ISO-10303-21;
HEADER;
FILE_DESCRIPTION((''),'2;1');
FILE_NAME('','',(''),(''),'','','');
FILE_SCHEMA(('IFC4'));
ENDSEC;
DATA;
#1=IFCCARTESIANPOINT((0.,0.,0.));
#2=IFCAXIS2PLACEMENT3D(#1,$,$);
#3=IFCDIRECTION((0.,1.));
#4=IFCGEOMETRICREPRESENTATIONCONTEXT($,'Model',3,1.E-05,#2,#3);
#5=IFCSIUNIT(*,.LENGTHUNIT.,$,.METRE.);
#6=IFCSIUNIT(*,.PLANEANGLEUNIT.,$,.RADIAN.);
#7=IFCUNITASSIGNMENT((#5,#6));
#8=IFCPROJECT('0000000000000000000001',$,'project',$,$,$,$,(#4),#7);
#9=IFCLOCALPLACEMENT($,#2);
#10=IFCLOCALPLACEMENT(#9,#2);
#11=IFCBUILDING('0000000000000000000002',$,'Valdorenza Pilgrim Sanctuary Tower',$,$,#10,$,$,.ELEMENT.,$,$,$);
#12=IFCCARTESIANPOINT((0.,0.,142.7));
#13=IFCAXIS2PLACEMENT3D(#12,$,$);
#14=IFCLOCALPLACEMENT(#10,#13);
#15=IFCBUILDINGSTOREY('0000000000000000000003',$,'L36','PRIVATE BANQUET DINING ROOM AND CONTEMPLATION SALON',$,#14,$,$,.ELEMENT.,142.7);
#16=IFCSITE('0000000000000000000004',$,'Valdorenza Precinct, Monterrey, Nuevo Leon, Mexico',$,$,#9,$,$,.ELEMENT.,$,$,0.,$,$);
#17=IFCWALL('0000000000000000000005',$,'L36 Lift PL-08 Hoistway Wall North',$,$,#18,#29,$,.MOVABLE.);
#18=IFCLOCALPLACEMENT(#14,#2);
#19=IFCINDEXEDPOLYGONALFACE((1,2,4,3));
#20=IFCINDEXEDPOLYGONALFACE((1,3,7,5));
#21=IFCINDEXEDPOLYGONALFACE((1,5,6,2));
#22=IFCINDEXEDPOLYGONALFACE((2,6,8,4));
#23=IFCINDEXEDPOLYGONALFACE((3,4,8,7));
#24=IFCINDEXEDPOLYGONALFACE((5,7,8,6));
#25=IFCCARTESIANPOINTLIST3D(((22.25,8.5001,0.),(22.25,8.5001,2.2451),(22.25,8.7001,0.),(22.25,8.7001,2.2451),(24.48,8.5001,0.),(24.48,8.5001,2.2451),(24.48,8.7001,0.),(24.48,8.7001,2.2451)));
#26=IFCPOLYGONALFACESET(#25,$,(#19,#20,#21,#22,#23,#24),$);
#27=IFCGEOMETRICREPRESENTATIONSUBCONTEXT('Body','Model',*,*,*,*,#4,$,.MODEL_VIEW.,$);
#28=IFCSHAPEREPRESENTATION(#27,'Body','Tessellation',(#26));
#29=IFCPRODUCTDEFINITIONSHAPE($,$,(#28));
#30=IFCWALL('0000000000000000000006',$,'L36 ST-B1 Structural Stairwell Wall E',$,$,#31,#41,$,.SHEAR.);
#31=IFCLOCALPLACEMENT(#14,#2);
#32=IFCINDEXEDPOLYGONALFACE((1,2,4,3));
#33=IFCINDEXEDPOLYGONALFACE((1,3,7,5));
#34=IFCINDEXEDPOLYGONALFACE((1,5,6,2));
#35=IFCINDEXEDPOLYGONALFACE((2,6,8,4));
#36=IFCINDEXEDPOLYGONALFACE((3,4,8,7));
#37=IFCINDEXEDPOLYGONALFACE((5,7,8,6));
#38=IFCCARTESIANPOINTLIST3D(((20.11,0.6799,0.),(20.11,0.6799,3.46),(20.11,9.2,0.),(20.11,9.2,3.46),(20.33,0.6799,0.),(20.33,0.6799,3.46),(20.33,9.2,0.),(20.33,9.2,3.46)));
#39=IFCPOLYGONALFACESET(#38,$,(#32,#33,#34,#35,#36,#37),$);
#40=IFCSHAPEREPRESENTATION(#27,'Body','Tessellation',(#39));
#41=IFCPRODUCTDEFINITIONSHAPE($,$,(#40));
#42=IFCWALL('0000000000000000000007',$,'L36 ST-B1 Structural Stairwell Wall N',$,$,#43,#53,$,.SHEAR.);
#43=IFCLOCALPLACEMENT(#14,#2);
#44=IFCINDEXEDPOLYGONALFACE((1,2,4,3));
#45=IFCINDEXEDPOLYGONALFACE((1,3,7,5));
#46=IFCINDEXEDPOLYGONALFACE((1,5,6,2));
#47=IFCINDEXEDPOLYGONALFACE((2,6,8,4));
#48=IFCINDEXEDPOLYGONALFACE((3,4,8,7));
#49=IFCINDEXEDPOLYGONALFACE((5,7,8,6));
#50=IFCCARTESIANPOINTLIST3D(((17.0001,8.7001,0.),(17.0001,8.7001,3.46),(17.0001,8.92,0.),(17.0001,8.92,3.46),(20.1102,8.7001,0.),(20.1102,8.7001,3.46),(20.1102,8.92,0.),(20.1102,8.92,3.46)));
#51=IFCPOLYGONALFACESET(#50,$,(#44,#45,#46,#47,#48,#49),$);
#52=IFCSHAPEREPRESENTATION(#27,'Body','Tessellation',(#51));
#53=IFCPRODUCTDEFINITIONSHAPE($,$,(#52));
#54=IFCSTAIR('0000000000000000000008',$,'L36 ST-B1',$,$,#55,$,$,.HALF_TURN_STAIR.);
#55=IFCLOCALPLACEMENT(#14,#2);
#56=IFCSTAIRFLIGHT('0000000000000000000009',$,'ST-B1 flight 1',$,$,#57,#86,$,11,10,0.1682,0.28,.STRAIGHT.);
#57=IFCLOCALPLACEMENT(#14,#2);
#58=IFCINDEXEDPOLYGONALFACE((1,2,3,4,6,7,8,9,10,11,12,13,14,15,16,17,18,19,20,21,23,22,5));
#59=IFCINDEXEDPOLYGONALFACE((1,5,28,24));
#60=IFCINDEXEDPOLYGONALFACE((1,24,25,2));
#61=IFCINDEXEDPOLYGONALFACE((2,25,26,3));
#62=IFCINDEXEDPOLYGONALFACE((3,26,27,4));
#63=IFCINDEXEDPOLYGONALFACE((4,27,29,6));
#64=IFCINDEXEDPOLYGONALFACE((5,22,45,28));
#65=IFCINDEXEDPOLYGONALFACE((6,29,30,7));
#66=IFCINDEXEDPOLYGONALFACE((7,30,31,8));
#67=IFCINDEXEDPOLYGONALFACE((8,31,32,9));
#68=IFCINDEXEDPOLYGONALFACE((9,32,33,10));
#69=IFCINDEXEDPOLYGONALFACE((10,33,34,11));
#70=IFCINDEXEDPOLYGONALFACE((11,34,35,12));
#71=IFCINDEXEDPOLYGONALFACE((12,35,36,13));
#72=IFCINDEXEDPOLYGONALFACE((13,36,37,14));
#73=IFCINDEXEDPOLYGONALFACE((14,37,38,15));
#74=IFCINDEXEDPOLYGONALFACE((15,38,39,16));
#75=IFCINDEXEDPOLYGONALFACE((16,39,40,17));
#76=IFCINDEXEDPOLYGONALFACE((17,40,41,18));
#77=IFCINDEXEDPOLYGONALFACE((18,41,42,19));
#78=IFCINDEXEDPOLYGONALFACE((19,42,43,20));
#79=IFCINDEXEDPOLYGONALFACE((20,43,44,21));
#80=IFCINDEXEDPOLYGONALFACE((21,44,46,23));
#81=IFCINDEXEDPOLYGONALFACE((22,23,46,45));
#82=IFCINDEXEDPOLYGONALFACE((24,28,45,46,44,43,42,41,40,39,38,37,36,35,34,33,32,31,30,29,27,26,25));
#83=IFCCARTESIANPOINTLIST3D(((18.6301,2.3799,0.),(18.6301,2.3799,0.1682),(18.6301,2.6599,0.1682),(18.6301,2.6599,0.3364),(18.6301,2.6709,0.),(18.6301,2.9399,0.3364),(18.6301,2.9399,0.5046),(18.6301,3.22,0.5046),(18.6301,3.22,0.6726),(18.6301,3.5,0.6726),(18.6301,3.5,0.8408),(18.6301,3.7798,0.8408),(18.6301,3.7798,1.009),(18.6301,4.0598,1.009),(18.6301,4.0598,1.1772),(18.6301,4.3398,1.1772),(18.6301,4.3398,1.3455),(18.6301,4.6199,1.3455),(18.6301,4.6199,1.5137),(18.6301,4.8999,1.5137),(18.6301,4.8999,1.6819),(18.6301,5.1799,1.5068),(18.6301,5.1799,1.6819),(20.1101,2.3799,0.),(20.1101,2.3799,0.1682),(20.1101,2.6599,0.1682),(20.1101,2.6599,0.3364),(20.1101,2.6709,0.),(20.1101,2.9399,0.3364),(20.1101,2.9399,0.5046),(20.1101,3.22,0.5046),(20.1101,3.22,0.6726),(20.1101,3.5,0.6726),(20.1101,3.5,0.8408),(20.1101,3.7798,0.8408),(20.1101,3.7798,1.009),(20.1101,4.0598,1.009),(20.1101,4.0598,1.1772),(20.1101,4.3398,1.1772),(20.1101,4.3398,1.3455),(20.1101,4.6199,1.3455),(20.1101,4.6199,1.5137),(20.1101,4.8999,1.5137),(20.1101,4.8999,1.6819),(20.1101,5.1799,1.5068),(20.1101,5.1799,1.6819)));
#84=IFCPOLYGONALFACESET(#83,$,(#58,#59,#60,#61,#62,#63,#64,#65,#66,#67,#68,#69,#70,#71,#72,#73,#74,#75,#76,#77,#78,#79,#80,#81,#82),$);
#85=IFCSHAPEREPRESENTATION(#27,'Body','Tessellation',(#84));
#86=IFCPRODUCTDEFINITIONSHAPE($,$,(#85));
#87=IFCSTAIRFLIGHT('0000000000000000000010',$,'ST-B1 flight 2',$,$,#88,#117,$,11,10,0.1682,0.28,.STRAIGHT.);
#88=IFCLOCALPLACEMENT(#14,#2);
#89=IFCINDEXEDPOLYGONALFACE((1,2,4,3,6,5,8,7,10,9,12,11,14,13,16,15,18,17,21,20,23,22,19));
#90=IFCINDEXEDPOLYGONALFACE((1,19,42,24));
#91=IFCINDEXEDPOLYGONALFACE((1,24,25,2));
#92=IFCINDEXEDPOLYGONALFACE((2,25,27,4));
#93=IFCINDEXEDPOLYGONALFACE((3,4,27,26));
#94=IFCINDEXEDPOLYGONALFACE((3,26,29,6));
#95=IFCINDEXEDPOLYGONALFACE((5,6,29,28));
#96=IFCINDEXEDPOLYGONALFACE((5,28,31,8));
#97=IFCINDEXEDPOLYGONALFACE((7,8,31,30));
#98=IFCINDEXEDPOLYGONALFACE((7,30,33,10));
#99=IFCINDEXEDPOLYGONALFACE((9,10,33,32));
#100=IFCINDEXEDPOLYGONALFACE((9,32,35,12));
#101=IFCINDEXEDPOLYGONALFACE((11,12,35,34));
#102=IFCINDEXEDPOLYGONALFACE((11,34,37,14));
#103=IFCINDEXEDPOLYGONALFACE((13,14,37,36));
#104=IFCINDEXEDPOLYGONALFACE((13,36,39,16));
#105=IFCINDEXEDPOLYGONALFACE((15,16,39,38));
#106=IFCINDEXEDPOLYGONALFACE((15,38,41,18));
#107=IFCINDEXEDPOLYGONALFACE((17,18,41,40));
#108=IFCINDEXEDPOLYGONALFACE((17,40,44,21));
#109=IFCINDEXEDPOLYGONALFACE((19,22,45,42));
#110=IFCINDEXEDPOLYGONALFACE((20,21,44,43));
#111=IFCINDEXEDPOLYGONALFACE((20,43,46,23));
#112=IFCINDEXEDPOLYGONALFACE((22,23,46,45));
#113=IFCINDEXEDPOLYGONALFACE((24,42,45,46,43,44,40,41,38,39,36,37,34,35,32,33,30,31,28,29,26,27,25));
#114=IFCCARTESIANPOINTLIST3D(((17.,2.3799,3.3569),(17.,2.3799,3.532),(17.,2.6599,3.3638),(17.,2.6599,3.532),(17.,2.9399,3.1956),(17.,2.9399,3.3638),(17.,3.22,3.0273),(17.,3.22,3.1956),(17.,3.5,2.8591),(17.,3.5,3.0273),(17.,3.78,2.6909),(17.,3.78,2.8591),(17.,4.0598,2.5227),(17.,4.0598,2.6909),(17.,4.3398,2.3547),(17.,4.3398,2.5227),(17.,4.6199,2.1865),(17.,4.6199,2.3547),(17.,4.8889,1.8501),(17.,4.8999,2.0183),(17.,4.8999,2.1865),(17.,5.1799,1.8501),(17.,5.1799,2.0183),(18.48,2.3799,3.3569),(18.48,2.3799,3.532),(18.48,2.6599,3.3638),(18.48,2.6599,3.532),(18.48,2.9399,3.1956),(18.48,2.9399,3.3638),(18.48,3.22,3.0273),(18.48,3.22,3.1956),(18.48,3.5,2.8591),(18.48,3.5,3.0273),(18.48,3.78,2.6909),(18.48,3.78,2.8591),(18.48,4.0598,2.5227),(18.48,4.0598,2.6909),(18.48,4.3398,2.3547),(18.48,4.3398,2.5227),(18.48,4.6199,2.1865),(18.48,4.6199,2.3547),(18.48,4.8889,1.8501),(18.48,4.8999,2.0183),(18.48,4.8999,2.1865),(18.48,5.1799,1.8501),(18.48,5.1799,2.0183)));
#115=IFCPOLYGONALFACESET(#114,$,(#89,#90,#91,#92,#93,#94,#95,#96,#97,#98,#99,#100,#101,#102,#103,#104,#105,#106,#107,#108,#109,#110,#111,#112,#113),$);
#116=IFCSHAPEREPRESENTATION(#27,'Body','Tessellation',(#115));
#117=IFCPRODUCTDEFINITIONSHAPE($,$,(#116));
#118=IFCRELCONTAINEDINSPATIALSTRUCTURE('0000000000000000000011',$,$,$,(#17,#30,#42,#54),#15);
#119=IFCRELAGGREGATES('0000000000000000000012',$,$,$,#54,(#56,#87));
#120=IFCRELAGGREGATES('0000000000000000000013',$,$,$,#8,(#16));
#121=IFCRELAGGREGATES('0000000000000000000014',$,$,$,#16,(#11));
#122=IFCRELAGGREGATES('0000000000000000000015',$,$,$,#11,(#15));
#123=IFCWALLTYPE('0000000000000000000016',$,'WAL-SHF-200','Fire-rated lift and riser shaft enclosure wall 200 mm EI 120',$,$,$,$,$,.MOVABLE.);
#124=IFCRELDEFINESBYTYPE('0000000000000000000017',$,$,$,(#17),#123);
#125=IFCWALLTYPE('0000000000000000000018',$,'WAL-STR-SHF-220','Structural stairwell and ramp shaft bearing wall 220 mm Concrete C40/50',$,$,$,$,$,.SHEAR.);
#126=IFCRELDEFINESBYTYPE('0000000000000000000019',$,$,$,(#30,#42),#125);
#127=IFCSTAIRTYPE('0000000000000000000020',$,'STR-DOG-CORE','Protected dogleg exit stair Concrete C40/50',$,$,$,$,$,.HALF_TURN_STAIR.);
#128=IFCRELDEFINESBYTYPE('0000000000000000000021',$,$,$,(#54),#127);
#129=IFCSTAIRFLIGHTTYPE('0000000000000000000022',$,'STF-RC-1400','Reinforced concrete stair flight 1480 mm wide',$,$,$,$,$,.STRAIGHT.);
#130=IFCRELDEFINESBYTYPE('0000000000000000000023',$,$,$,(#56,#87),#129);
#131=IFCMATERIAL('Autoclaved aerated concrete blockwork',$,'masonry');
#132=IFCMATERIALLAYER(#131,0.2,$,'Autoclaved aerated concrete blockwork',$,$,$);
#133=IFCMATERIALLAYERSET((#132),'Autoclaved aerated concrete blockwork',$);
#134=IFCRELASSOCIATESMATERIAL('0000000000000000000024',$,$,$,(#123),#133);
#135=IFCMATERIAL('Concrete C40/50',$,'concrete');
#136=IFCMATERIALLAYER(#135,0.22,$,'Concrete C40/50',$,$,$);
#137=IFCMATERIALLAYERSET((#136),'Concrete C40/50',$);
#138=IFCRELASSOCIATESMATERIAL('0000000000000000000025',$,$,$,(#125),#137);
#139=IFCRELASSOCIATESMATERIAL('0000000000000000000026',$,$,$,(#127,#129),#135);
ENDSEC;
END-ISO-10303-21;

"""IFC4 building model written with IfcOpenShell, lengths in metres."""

from ifc_helpers import new_model, si_unit, direction, frame, frame_2d, origin, place, context, subcontext, project, spatial, polyline, rectangle, outline, extrude, material, layer, layer_set, type_object, element, aggregate, save


model = new_model("IFC4")

# Units and contexts
model_context = context("Model", 3, precision=1e-05, world=origin(), true_north=direction((0.0, 1.0)))
body_context = subcontext(model_context, "Body", "Model", "MODEL_VIEW")
ifc_project = project(units=[si_unit("LENGTHUNIT", "METRE"), si_unit("PLANEANGLEUNIT", "RADIAN")], contexts=[model_context])

# Site, building, storey
site_placement = place(None, origin())
site = spatial("IfcSite", under=ifc_project, at=site_placement, Name="Valdorenza Precinct, Monterrey, Nuevo Leon, Mexico", CompositionType="ELEMENT", RefElevation=0.0)
building_placement = place(site_placement, origin())
building = spatial("IfcBuilding", under=site, at=building_placement, Name="Valdorenza Pilgrim Sanctuary Tower", CompositionType="ELEMENT")
storey_placement = place(building_placement, frame((0.0, 0.0, 142.7)))
storey = spatial("IfcBuildingStorey", under=building, at=storey_placement, Name="L36", Description="PRIVATE BANQUET DINING ROOM AND CONTEMPLATION SALON", CompositionType="ELEMENT", Elevation=142.7)

# Shared definitions
ifc_material_1 = material(Name="Autoclaved aerated concrete blockwork", Category="masonry")
ifc_layer_1 = layer(ifc_material_1, 0.2, Name="Autoclaved aerated concrete blockwork")
ifc_layer_set_1 = layer_set([ifc_layer_1], Name="Autoclaved aerated concrete blockwork")
wall_type_1 = type_object("IfcWallType", Name="WAL-SHF-200", Description="Fire-rated lift and riser shaft enclosure wall 200 mm EI 120", PredefinedType="MOVABLE", material=ifc_layer_set_1)

# Walls
wall_1_placement = place(storey_placement, frame((22.25, 8.6001, 0.0), z_axis=(0.0, 0.0, 1.0), x_axis=(1.0, 0.0, 0.0)))
element("IfcWall", 1, at=wall_1_placement, inside=storey, type_object=wall_type_1, Name="L36 Lift PL-08 Hoistway Wall North", PredefinedType="MOVABLE", context=body_context, shape_type="SweptSolid", body=[
    extrude(rectangle(XDim=2.23, YDim=0.2, at=frame_2d((1.115, 0.0))), origin(), (0.0, 0.0, 1.0), 2.2451),
])
ifc_material_2 = material(Name="Concrete C40/50", Category="concrete")
ifc_layer_2 = layer(ifc_material_2, 0.22, Name="Concrete C40/50")
ifc_layer_set_2 = layer_set([ifc_layer_2], Name="Concrete C40/50")
wall_type_2 = type_object("IfcWallType", Name="WAL-STR-SHF-220", Description="Structural stairwell and ramp shaft bearing wall 220 mm Concrete C40/50", PredefinedType="SHEAR", material=ifc_layer_set_2)
wall_2_placement = place(storey_placement, frame((20.22, 0.6799, 0.0), z_axis=(0.0, 0.0, 1.0), x_axis=(0.0, 1.0, 0.0)))
element("IfcWall", 2, at=wall_2_placement, inside=storey, type_object=wall_type_2, Name="L36 ST-B1 Structural Stairwell Wall E", PredefinedType="SHEAR", context=body_context, shape_type="SweptSolid", body=[
    extrude(rectangle(XDim=8.52, YDim=0.22, at=frame_2d((4.26, 0.0))), origin(), (0.0, 0.0, 1.0), 3.46),
])

# Wall
wall_3_placement = place(storey_placement, frame((17.0, 8.8101, 0.0), z_axis=(0.0, 0.0, 1.0), x_axis=(1.0, 0.0, 0.0)))
element("IfcWall", 3, at=wall_3_placement, inside=storey, type_object=wall_type_2, Name="L36 ST-B1 Structural Stairwell Wall N", PredefinedType="SHEAR", context=body_context, shape_type="SweptSolid", body=[
    extrude(rectangle(XDim=3.1101, YDim=0.22, at=frame_2d((1.5552, 0.0))), origin(), (0.0, 0.0, 1.0), 3.46),
])

# Stair, stair flights
stair_type = type_object("IfcStairType", Name="STR-DOG-CORE", Description="Protected dogleg exit stair Concrete C40/50", PredefinedType="HALF_TURN_STAIR", material=ifc_material_2)
stair_placement = place(storey_placement, origin())
stair = element("IfcStair", 4, at=stair_placement, inside=storey, type_object=stair_type, Name="L36 ST-B1", PredefinedType="HALF_TURN_STAIR")
stair_flight_type = type_object("IfcStairFlightType", Name="STF-RC-1400", Description="Reinforced concrete stair flight 1480 mm wide", PredefinedType="STRAIGHT", material=ifc_material_2)
stair_flight_1_placement = place(storey_placement, frame((19.3701, 2.3799, 0.0), z_axis=(0.0, 0.0, 1.0), x_axis=(0.0, 1.0, 0.0)))
stair_flight_1 = element("IfcStairFlight", 5, at=stair_flight_1_placement, type_object=stair_flight_type, Name="ST-B1 flight 1", NumberOfRisers=11, NumberOfTreads=10, PredefinedType="STRAIGHT", RiserHeight=0.1682, TreadLength=0.28, context=body_context, shape_type="SweptSolid", body=[
    extrude(outline(polyline([(0.0, 0.0), (0.0, 0.1682), (0.28, 0.1682), (0.28, 0.3364), (0.5601, 0.3364), (0.5601, 0.5046), (0.8401, 0.5046), (0.8401, 0.6726), (1.1201, 0.6726), (1.1201, 0.8408), (1.3999, 0.8408), (1.3999, 1.009), (1.6799, 1.009), (1.6799, 1.1772), (1.96, 1.1772), (1.96, 1.3455), (2.24, 1.3455), (2.24, 1.5137), (2.52, 1.5137), (2.52, 1.6819), (2.8, 1.6819), (2.8, 1.8501), (2.8, 1.5068), (0.291, 0.0), (0.0, 0.0)])), frame((0.0, 0.74, 0.0), z_axis=(0.0, -1.0, 0.0), x_axis=(1.0, 0.0, 0.0)), (0.0, 0.0, 1.0), 1.48),
])
stair_flight_2_placement = place(storey_placement, frame((17.74, 5.1799, 1.8501), z_axis=(0.0, 0.0, 1.0), x_axis=(0.0, -1.0, 0.0)))
stair_flight_2 = element("IfcStairFlight", 6, at=stair_flight_2_placement, type_object=stair_flight_type, Name="ST-B1 flight 2", NumberOfRisers=11, NumberOfTreads=10, PredefinedType="STRAIGHT", RiserHeight=0.1682, TreadLength=0.28, context=body_context, shape_type="SweptSolid", body=[
    extrude(outline(polyline([(0.0, 0.0), (0.0, 0.1682), (0.28, 0.1682), (0.28, 0.3364), (0.5601, 0.3364), (0.5601, 0.5046), (0.8401, 0.5046), (0.8401, 0.6726), (1.1201, 0.6726), (1.1201, 0.8408), (1.3999, 0.8408), (1.3999, 1.009), (1.6799, 1.009), (1.6799, 1.1772), (1.96, 1.1772), (1.96, 1.3455), (2.24, 1.3455), (2.24, 1.5137), (2.52, 1.5137), (2.52, 1.6819), (2.8, 1.6819), (2.8, 1.8501), (2.8, 1.5068), (0.291, 0.0), (0.0, 0.0)])), frame((0.0, 0.74, 0.0), z_axis=(0.0, -1.0, 0.0), x_axis=(1.0, 0.0, 0.0)), (0.0, 0.0, 1.0), 1.48),
])
aggregate(stair, [stair_flight_1, stair_flight_2])

save(model, "model.ifc")
